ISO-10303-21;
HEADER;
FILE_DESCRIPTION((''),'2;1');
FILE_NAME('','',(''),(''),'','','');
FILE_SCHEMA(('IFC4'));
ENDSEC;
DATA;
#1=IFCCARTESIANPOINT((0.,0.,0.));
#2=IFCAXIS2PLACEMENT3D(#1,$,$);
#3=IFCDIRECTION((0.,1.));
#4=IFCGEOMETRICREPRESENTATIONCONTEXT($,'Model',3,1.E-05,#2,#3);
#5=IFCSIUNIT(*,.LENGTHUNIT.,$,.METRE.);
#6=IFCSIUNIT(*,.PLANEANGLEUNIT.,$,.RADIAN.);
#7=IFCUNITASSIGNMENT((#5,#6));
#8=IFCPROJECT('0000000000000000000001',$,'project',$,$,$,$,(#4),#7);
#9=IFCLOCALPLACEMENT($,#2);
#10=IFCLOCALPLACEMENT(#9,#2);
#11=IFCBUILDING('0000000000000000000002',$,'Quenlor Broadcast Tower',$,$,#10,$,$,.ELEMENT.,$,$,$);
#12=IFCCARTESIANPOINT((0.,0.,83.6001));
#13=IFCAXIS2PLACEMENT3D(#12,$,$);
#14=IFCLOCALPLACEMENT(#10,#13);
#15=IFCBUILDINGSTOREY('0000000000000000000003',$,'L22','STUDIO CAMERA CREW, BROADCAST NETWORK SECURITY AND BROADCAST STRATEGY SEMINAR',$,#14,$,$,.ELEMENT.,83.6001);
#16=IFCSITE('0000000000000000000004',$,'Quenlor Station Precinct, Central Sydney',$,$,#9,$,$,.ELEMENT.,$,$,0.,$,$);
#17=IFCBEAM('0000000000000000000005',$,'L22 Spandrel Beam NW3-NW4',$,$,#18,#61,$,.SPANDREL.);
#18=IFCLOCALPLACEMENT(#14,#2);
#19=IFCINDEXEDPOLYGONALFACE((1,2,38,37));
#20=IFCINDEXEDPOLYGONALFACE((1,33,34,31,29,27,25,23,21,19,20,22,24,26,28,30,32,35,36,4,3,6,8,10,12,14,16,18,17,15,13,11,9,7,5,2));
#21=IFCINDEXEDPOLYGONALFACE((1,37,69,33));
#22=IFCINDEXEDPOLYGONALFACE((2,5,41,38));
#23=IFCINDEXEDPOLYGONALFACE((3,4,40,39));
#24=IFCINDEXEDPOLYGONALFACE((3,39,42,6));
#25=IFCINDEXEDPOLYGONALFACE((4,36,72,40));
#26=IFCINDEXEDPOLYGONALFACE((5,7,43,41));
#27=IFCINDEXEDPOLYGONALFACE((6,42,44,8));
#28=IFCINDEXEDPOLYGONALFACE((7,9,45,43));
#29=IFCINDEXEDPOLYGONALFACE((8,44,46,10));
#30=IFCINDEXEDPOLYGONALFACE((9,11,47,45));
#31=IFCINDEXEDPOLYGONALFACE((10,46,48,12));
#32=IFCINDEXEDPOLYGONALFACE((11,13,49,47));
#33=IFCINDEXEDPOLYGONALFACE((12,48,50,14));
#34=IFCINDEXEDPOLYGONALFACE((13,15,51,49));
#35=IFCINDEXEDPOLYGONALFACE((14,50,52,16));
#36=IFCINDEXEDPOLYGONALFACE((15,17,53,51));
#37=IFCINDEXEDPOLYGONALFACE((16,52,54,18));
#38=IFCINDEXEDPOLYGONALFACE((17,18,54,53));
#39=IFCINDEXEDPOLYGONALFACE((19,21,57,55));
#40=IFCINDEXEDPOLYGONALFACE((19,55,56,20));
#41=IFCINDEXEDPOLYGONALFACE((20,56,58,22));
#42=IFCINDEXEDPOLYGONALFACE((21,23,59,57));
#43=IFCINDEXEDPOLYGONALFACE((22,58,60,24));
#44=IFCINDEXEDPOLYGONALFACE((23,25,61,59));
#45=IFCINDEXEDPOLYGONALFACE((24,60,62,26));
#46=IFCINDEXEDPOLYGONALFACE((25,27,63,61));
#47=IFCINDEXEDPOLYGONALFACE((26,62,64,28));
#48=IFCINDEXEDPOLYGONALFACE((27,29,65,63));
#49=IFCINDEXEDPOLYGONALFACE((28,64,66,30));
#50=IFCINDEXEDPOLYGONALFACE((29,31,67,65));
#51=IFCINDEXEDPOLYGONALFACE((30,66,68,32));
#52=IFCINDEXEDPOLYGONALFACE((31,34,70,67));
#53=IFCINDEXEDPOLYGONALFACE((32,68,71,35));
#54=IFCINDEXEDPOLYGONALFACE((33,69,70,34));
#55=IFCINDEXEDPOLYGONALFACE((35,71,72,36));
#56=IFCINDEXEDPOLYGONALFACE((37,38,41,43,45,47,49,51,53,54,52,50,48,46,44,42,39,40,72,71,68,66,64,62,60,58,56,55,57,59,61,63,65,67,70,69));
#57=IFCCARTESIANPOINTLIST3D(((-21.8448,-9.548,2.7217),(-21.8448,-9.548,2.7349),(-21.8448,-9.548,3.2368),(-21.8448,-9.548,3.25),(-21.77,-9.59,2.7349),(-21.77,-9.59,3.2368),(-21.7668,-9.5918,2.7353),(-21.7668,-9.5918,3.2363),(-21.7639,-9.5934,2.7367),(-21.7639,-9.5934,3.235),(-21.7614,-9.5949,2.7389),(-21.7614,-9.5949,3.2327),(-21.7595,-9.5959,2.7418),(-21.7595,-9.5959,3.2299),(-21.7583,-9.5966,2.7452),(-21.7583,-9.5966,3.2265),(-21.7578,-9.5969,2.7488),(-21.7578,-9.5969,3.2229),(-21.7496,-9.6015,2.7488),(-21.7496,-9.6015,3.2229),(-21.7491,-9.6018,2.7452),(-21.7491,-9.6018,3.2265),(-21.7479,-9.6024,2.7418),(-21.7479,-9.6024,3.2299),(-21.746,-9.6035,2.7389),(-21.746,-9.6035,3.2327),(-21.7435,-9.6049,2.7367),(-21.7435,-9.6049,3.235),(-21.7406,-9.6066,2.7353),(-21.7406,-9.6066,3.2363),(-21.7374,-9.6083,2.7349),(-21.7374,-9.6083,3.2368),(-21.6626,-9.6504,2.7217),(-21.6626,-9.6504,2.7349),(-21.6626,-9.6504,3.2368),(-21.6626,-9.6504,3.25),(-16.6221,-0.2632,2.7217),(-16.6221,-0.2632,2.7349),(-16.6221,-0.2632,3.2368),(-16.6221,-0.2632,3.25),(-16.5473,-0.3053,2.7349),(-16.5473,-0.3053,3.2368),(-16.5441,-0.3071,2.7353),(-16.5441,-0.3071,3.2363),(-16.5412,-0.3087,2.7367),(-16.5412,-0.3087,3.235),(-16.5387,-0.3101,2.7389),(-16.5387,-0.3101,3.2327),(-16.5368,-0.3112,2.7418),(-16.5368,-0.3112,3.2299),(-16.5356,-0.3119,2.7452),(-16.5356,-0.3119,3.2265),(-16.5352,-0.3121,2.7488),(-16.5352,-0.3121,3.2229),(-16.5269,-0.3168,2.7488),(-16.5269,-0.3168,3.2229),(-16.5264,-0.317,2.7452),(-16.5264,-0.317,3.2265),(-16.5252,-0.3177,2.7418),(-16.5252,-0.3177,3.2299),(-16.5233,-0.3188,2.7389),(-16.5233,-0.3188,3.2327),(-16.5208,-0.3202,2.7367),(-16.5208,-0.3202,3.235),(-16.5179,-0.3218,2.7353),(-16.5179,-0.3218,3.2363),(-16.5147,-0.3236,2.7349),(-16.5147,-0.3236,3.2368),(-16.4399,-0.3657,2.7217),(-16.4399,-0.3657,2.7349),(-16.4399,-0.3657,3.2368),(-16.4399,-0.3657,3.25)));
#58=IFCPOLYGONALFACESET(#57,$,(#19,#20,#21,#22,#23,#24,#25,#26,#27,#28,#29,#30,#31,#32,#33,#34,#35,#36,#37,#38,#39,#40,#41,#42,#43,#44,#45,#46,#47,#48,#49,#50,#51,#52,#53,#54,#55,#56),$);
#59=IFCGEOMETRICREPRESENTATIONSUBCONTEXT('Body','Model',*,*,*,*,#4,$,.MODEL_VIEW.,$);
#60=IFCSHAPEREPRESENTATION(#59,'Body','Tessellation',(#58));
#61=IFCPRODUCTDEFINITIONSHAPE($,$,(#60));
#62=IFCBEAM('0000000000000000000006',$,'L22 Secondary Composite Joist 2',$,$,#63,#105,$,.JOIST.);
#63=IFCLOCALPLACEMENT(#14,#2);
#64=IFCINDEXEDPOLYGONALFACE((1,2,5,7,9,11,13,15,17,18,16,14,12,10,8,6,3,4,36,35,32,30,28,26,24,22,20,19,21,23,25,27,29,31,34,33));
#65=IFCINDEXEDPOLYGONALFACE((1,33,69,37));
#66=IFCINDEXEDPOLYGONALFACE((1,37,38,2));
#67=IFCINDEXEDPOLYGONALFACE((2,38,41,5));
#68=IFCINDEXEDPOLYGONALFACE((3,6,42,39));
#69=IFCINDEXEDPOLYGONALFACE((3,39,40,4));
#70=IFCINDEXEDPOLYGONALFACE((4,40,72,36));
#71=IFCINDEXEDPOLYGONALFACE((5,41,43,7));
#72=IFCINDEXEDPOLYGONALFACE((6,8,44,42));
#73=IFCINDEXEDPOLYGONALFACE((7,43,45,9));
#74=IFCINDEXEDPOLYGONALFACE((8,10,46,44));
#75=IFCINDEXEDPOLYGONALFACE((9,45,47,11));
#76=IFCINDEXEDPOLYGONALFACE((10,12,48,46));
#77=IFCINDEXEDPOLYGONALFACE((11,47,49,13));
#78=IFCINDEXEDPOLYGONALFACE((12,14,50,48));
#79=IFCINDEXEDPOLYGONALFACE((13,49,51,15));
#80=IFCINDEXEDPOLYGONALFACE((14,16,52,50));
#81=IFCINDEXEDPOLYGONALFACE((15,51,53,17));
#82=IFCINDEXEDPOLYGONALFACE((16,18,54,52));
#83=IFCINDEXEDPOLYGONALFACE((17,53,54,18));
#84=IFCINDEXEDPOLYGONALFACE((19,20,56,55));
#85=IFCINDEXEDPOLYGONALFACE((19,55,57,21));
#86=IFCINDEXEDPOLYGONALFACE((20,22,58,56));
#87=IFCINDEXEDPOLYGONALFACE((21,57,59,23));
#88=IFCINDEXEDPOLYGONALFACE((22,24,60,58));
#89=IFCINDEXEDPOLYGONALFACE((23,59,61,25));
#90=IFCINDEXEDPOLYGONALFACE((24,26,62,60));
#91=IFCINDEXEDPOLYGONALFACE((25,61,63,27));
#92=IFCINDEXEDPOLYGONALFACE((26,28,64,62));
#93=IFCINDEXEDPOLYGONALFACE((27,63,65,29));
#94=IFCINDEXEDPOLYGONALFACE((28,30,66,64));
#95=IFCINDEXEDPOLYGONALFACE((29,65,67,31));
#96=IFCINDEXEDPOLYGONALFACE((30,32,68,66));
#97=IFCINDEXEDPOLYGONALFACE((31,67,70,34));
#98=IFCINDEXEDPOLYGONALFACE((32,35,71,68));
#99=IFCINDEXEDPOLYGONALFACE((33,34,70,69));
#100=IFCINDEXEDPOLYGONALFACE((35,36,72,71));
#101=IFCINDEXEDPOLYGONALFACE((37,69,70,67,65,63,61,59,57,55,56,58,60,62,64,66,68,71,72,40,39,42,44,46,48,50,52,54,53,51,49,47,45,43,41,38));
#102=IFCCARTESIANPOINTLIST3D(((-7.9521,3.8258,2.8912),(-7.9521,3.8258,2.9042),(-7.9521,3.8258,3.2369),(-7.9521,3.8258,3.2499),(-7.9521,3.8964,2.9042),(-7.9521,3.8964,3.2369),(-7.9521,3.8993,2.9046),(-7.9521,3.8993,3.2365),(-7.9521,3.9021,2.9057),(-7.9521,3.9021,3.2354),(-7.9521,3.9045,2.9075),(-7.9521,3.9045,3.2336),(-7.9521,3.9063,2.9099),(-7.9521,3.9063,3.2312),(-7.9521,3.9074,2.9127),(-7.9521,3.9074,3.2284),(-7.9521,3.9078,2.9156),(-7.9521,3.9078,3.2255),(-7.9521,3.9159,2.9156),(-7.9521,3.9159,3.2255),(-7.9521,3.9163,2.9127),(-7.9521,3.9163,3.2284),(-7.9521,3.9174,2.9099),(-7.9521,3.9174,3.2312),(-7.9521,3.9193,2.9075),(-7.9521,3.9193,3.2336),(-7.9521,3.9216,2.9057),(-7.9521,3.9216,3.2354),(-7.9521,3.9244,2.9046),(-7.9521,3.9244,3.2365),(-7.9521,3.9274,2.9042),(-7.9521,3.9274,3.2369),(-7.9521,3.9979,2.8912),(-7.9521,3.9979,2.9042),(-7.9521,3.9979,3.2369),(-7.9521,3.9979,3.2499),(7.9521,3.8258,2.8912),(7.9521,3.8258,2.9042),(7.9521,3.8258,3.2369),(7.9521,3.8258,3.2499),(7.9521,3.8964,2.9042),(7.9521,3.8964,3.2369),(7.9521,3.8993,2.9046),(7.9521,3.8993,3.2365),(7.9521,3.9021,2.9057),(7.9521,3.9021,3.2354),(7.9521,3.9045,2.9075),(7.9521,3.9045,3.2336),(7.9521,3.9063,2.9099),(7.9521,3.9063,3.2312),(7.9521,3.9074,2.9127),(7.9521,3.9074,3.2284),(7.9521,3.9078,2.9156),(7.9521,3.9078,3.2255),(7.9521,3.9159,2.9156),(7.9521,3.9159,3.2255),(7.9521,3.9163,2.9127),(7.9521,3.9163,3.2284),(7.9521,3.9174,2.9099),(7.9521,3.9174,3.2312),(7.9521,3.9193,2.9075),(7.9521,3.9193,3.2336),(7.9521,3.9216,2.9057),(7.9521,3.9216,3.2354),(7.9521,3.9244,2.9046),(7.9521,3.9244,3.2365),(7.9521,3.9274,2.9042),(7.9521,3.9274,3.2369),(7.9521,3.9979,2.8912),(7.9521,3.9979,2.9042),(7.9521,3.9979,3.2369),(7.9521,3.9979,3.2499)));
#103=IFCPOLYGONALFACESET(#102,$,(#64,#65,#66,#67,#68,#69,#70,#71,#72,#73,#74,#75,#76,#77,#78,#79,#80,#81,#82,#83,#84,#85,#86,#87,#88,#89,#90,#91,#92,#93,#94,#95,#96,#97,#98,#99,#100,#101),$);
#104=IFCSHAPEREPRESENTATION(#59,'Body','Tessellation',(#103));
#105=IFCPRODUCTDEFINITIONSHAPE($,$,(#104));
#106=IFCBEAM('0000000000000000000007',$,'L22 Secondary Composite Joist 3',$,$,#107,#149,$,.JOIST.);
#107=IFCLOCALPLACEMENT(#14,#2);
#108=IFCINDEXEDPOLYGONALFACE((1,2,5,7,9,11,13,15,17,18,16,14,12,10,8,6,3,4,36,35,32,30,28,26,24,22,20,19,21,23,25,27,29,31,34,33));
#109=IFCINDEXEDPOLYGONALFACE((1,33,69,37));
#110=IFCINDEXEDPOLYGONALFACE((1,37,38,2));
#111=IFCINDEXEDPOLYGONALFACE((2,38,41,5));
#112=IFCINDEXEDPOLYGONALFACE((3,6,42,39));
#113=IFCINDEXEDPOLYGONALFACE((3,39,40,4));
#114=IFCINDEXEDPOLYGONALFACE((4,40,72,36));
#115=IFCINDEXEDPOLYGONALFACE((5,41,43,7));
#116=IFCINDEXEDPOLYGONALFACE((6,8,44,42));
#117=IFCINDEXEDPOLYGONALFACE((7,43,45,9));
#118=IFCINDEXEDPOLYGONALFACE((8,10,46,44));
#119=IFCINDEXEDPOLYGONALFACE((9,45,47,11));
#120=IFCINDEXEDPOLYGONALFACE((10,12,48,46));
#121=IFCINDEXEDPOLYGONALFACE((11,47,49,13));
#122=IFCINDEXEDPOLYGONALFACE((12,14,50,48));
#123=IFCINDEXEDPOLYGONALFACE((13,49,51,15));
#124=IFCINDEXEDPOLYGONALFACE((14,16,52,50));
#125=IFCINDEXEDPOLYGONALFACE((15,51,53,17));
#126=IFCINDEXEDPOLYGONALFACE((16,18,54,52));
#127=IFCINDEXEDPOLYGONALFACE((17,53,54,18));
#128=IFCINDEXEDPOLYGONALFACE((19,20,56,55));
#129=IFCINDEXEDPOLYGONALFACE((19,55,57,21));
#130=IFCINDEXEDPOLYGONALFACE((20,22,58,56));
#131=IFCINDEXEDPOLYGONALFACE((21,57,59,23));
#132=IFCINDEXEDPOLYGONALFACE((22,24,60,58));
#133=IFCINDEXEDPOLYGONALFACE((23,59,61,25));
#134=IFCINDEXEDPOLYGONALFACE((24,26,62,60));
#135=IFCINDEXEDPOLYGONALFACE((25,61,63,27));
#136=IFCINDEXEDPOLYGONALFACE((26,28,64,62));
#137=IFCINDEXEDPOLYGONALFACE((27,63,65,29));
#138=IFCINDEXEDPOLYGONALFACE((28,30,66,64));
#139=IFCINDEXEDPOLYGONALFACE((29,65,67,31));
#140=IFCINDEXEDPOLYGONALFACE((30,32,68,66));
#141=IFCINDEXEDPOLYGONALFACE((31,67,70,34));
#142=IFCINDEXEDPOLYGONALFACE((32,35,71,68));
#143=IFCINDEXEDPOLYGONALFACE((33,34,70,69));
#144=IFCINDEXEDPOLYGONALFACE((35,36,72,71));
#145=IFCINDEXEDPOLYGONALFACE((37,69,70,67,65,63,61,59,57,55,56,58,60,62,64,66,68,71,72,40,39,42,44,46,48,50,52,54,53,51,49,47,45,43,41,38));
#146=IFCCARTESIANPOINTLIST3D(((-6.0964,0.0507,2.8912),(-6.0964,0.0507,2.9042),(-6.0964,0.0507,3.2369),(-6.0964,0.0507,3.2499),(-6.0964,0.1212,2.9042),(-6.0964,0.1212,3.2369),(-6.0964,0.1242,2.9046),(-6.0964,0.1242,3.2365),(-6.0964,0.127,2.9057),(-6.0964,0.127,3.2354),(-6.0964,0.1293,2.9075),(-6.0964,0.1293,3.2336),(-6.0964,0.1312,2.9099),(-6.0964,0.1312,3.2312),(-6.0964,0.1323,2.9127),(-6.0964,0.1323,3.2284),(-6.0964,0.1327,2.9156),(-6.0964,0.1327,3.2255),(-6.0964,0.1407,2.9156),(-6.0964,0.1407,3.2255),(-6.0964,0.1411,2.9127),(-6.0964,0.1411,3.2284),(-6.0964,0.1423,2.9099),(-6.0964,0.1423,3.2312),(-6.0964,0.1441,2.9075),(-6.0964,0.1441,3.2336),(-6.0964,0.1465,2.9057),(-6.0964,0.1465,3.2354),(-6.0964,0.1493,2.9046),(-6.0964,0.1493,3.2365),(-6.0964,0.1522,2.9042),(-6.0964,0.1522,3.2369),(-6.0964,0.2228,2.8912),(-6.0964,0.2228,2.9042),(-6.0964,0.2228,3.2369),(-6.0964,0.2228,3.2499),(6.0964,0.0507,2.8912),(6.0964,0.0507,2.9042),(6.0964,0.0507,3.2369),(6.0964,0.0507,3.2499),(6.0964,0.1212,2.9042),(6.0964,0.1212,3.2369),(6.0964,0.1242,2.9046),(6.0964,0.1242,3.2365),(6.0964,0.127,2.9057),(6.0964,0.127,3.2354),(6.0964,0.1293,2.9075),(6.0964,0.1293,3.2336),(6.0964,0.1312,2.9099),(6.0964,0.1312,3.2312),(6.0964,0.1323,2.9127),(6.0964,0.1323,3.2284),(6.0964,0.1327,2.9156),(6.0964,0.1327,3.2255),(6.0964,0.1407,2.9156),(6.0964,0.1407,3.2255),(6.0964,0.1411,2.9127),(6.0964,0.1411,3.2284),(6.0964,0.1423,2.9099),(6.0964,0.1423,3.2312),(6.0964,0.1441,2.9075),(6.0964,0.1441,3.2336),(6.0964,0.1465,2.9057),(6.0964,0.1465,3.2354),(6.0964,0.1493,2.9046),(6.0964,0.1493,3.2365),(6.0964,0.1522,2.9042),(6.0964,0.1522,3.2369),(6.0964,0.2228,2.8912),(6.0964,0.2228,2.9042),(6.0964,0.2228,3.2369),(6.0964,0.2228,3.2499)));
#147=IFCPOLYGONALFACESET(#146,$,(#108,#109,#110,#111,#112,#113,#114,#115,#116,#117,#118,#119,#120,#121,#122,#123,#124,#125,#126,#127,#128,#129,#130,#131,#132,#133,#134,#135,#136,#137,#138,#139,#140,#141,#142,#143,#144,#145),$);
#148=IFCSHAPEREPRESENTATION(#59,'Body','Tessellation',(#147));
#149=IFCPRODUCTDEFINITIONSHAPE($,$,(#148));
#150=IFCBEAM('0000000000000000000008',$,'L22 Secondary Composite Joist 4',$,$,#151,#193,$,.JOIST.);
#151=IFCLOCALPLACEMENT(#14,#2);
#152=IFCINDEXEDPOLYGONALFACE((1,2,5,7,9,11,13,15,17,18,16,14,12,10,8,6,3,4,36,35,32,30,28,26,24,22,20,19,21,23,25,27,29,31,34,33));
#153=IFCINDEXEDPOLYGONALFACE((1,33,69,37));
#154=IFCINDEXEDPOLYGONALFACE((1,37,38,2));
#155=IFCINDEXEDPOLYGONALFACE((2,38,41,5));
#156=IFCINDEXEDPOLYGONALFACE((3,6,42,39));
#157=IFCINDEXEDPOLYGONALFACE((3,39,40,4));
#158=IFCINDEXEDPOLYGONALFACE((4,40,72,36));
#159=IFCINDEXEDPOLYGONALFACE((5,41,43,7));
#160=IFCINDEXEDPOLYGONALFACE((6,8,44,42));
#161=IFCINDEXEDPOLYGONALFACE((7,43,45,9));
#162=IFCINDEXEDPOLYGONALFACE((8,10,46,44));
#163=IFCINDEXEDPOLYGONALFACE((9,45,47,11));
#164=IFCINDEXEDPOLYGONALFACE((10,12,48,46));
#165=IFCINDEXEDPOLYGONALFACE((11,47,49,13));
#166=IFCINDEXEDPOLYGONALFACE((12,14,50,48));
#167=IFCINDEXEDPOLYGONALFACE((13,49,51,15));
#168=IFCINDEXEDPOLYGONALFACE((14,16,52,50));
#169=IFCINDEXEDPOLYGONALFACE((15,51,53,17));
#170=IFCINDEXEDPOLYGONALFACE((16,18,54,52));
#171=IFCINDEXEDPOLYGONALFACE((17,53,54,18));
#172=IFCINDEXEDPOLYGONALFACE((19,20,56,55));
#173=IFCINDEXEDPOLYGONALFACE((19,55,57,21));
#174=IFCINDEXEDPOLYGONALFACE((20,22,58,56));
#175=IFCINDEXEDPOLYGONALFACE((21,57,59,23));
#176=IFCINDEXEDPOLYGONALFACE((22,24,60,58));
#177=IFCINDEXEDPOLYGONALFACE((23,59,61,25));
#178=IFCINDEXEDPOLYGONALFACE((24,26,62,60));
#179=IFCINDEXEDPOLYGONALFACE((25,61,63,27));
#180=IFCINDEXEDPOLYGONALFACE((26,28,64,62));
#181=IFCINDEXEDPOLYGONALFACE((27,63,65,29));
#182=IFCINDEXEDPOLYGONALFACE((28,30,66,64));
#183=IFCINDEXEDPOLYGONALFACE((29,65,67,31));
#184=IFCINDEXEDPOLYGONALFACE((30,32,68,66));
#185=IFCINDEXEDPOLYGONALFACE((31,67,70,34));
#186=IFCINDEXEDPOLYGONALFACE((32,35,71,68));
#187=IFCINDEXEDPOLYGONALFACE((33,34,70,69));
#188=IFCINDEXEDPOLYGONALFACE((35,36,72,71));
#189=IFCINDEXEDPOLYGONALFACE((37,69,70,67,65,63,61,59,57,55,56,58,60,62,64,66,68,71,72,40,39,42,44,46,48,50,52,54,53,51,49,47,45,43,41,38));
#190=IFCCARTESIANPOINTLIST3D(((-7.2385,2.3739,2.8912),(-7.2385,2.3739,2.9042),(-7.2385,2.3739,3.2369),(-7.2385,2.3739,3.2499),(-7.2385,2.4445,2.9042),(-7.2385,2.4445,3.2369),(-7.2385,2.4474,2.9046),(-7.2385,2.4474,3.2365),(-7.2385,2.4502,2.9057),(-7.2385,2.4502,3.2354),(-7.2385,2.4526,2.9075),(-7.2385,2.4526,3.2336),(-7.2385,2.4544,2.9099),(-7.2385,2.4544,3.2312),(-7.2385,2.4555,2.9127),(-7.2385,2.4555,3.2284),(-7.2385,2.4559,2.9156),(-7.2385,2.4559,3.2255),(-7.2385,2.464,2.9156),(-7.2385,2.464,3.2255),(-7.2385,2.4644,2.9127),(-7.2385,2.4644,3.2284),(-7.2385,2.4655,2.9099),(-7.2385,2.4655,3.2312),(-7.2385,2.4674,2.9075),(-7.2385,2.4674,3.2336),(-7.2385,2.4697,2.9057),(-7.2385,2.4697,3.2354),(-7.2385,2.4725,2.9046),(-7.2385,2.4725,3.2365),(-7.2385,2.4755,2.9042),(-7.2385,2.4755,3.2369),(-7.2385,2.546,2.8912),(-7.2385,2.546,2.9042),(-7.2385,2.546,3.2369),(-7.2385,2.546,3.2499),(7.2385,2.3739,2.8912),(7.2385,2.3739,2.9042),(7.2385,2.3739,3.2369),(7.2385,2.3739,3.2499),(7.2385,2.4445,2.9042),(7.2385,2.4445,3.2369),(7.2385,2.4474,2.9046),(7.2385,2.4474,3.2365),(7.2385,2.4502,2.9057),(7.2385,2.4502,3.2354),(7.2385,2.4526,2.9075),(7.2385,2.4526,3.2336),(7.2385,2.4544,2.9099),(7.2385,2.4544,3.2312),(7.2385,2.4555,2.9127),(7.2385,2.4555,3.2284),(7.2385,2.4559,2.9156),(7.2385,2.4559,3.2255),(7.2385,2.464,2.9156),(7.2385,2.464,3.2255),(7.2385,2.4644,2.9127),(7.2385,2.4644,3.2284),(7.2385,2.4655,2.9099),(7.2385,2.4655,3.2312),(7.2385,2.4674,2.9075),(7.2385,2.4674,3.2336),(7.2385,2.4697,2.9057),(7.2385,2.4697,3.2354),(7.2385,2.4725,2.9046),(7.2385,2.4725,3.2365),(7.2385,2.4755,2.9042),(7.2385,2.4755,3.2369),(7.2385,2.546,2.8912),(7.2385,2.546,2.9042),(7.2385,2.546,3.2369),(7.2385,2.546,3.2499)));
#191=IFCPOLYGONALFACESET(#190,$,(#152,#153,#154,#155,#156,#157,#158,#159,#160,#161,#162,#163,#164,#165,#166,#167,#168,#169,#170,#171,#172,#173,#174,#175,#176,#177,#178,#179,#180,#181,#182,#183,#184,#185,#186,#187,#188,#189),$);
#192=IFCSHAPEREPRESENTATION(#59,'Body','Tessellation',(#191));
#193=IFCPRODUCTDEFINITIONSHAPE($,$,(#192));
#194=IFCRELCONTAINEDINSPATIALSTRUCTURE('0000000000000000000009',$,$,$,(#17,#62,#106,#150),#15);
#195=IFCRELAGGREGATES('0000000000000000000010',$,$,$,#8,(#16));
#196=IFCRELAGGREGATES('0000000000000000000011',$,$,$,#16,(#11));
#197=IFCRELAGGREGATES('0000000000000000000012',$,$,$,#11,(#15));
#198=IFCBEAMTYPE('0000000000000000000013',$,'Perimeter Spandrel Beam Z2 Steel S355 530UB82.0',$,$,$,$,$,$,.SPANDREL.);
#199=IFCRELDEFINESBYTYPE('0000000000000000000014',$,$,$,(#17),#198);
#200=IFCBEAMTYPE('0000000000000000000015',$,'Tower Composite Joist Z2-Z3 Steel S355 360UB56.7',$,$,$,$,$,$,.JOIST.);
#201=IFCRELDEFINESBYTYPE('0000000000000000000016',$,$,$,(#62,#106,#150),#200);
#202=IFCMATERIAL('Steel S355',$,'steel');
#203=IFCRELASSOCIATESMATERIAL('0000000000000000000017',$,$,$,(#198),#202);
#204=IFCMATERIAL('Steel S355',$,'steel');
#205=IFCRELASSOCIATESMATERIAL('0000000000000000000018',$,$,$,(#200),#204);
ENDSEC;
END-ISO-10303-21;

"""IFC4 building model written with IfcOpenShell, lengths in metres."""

from ifc_helpers import new_model, si_unit, direction, frame, origin, origin_2d, place, context, subcontext, project, spatial, i_section, extrude, material, material_profile, profile_set, type_object, element, save


model = new_model("IFC4")

# Units and contexts
model_context = context("Model", 3, precision=1e-05, world=origin(), true_north=direction((0.0, 1.0)))
body_context = subcontext(model_context, "Body", "Model", "MODEL_VIEW")
ifc_project = project(units=[si_unit("LENGTHUNIT", "METRE"), si_unit("PLANEANGLEUNIT", "RADIAN")], contexts=[model_context])

# Site, building, storey
site_placement = place(None, origin())
site = spatial("IfcSite", under=ifc_project, at=site_placement, Name="Quenlor Station Precinct, Central Sydney", CompositionType="ELEMENT", RefElevation=0.0)
building_placement = place(site_placement, origin())
building = spatial("IfcBuilding", under=site, at=building_placement, Name="Quenlor Broadcast Tower", CompositionType="ELEMENT")
storey_placement = place(building_placement, frame((0.0, 0.0, 83.6001)))
storey = spatial("IfcBuildingStorey", under=building, at=storey_placement, Name="L22", Description="STUDIO CAMERA CREW, BROADCAST NETWORK SECURITY AND BROADCAST STRATEGY SEMINAR", CompositionType="ELEMENT", Elevation=83.6001)

# Beams
ifc_material_1 = material(Name="Steel S355", Category="steel")
ifc_material_profile_1 = material_profile(ifc_material_1, i_section(OverallWidth=0.209, OverallDepth=0.5283, WebThickness=0.0095, FlangeThickness=0.0132, FilletRadius=0.0139, at=origin_2d()))
ifc_profile_set_1 = profile_set([ifc_material_profile_1], Name="Steel S355 530UB82.0")
beam_type_1 = type_object("IfcBeamType", Name="Perimeter Spandrel Beam Z2 Steel S355 530UB82.0", PredefinedType="SPANDREL", material=ifc_profile_set_1)
beam_1_placement = place(storey_placement, frame((-16.531, -0.3145, 2.9858), z_axis=(-0.490263, -0.871574, 0.0), x_axis=(0.871574, -0.490263, 0.0)))
element("IfcBeam", 1, at=beam_1_placement, inside=storey, type_object=beam_type_1, Name="L22 Spandrel Beam NW3-NW4", PredefinedType="SPANDREL", context=body_context, shape_type="SweptSolid", body=[
    extrude(i_section(OverallWidth=0.209, OverallDepth=0.5283, WebThickness=0.0095, FlangeThickness=0.0132, FilletRadius=0.0139, at=origin_2d()), origin(), (0.0, 0.0, 1.0), 10.6528),
])
ifc_material_2 = material(Name="Steel S355", Category="steel")
ifc_material_profile_2 = material_profile(ifc_material_2, i_section(OverallWidth=0.1721, OverallDepth=0.3586, WebThickness=0.0081, FlangeThickness=0.0129, FilletRadius=0.0115, at=origin_2d()))
ifc_profile_set_2 = profile_set([ifc_material_profile_2], Name="Steel S355 360UB56.7")
beam_type_2 = type_object("IfcBeamType", Name="Tower Composite Joist Z2-Z3 Steel S355 360UB56.7", PredefinedType="JOIST", material=ifc_profile_set_2)
beam_2_placement = place(storey_placement, frame((-7.9521, 3.9119, 3.0706), z_axis=(1.0, 0.0, 0.0), x_axis=(0.0, 1.0, 0.0)))
element("IfcBeam", 2, at=beam_2_placement, inside=storey, type_object=beam_type_2, Name="L22 Secondary Composite Joist 2", PredefinedType="JOIST", context=body_context, shape_type="SweptSolid", body=[
    extrude(i_section(OverallWidth=0.1721, OverallDepth=0.3586, WebThickness=0.0081, FlangeThickness=0.0129, FilletRadius=0.0115, at=origin_2d()), origin(), (0.0, 0.0, 1.0), 15.9043),
])
beam_3_placement = place(storey_placement, frame((-6.0964, 0.1367, 3.0706), z_axis=(1.0, 0.0, 0.0), x_axis=(0.0, 1.0, 0.0)))
element("IfcBeam", 3, at=beam_3_placement, inside=storey, type_object=beam_type_2, Name="L22 Secondary Composite Joist 3", PredefinedType="JOIST", context=body_context, shape_type="SweptSolid", body=[
    extrude(i_section(OverallWidth=0.1721, OverallDepth=0.3586, WebThickness=0.0081, FlangeThickness=0.0129, FilletRadius=0.0115, at=origin_2d()), origin(), (0.0, 0.0, 1.0), 12.1929),
])
beam_4_placement = place(storey_placement, frame((-7.2385, 2.46, 3.0706), z_axis=(1.0, 0.0, 0.0), x_axis=(0.0, 1.0, 0.0)))
element("IfcBeam", 4, at=beam_4_placement, inside=storey, type_object=beam_type_2, Name="L22 Secondary Composite Joist 4", PredefinedType="JOIST", context=body_context, shape_type="SweptSolid", body=[
    extrude(i_section(OverallWidth=0.1721, OverallDepth=0.3586, WebThickness=0.0081, FlangeThickness=0.0129, FilletRadius=0.0115, at=origin_2d()), origin(), (0.0, 0.0, 1.0), 14.4771),
])

save(model, "model.ifc")
